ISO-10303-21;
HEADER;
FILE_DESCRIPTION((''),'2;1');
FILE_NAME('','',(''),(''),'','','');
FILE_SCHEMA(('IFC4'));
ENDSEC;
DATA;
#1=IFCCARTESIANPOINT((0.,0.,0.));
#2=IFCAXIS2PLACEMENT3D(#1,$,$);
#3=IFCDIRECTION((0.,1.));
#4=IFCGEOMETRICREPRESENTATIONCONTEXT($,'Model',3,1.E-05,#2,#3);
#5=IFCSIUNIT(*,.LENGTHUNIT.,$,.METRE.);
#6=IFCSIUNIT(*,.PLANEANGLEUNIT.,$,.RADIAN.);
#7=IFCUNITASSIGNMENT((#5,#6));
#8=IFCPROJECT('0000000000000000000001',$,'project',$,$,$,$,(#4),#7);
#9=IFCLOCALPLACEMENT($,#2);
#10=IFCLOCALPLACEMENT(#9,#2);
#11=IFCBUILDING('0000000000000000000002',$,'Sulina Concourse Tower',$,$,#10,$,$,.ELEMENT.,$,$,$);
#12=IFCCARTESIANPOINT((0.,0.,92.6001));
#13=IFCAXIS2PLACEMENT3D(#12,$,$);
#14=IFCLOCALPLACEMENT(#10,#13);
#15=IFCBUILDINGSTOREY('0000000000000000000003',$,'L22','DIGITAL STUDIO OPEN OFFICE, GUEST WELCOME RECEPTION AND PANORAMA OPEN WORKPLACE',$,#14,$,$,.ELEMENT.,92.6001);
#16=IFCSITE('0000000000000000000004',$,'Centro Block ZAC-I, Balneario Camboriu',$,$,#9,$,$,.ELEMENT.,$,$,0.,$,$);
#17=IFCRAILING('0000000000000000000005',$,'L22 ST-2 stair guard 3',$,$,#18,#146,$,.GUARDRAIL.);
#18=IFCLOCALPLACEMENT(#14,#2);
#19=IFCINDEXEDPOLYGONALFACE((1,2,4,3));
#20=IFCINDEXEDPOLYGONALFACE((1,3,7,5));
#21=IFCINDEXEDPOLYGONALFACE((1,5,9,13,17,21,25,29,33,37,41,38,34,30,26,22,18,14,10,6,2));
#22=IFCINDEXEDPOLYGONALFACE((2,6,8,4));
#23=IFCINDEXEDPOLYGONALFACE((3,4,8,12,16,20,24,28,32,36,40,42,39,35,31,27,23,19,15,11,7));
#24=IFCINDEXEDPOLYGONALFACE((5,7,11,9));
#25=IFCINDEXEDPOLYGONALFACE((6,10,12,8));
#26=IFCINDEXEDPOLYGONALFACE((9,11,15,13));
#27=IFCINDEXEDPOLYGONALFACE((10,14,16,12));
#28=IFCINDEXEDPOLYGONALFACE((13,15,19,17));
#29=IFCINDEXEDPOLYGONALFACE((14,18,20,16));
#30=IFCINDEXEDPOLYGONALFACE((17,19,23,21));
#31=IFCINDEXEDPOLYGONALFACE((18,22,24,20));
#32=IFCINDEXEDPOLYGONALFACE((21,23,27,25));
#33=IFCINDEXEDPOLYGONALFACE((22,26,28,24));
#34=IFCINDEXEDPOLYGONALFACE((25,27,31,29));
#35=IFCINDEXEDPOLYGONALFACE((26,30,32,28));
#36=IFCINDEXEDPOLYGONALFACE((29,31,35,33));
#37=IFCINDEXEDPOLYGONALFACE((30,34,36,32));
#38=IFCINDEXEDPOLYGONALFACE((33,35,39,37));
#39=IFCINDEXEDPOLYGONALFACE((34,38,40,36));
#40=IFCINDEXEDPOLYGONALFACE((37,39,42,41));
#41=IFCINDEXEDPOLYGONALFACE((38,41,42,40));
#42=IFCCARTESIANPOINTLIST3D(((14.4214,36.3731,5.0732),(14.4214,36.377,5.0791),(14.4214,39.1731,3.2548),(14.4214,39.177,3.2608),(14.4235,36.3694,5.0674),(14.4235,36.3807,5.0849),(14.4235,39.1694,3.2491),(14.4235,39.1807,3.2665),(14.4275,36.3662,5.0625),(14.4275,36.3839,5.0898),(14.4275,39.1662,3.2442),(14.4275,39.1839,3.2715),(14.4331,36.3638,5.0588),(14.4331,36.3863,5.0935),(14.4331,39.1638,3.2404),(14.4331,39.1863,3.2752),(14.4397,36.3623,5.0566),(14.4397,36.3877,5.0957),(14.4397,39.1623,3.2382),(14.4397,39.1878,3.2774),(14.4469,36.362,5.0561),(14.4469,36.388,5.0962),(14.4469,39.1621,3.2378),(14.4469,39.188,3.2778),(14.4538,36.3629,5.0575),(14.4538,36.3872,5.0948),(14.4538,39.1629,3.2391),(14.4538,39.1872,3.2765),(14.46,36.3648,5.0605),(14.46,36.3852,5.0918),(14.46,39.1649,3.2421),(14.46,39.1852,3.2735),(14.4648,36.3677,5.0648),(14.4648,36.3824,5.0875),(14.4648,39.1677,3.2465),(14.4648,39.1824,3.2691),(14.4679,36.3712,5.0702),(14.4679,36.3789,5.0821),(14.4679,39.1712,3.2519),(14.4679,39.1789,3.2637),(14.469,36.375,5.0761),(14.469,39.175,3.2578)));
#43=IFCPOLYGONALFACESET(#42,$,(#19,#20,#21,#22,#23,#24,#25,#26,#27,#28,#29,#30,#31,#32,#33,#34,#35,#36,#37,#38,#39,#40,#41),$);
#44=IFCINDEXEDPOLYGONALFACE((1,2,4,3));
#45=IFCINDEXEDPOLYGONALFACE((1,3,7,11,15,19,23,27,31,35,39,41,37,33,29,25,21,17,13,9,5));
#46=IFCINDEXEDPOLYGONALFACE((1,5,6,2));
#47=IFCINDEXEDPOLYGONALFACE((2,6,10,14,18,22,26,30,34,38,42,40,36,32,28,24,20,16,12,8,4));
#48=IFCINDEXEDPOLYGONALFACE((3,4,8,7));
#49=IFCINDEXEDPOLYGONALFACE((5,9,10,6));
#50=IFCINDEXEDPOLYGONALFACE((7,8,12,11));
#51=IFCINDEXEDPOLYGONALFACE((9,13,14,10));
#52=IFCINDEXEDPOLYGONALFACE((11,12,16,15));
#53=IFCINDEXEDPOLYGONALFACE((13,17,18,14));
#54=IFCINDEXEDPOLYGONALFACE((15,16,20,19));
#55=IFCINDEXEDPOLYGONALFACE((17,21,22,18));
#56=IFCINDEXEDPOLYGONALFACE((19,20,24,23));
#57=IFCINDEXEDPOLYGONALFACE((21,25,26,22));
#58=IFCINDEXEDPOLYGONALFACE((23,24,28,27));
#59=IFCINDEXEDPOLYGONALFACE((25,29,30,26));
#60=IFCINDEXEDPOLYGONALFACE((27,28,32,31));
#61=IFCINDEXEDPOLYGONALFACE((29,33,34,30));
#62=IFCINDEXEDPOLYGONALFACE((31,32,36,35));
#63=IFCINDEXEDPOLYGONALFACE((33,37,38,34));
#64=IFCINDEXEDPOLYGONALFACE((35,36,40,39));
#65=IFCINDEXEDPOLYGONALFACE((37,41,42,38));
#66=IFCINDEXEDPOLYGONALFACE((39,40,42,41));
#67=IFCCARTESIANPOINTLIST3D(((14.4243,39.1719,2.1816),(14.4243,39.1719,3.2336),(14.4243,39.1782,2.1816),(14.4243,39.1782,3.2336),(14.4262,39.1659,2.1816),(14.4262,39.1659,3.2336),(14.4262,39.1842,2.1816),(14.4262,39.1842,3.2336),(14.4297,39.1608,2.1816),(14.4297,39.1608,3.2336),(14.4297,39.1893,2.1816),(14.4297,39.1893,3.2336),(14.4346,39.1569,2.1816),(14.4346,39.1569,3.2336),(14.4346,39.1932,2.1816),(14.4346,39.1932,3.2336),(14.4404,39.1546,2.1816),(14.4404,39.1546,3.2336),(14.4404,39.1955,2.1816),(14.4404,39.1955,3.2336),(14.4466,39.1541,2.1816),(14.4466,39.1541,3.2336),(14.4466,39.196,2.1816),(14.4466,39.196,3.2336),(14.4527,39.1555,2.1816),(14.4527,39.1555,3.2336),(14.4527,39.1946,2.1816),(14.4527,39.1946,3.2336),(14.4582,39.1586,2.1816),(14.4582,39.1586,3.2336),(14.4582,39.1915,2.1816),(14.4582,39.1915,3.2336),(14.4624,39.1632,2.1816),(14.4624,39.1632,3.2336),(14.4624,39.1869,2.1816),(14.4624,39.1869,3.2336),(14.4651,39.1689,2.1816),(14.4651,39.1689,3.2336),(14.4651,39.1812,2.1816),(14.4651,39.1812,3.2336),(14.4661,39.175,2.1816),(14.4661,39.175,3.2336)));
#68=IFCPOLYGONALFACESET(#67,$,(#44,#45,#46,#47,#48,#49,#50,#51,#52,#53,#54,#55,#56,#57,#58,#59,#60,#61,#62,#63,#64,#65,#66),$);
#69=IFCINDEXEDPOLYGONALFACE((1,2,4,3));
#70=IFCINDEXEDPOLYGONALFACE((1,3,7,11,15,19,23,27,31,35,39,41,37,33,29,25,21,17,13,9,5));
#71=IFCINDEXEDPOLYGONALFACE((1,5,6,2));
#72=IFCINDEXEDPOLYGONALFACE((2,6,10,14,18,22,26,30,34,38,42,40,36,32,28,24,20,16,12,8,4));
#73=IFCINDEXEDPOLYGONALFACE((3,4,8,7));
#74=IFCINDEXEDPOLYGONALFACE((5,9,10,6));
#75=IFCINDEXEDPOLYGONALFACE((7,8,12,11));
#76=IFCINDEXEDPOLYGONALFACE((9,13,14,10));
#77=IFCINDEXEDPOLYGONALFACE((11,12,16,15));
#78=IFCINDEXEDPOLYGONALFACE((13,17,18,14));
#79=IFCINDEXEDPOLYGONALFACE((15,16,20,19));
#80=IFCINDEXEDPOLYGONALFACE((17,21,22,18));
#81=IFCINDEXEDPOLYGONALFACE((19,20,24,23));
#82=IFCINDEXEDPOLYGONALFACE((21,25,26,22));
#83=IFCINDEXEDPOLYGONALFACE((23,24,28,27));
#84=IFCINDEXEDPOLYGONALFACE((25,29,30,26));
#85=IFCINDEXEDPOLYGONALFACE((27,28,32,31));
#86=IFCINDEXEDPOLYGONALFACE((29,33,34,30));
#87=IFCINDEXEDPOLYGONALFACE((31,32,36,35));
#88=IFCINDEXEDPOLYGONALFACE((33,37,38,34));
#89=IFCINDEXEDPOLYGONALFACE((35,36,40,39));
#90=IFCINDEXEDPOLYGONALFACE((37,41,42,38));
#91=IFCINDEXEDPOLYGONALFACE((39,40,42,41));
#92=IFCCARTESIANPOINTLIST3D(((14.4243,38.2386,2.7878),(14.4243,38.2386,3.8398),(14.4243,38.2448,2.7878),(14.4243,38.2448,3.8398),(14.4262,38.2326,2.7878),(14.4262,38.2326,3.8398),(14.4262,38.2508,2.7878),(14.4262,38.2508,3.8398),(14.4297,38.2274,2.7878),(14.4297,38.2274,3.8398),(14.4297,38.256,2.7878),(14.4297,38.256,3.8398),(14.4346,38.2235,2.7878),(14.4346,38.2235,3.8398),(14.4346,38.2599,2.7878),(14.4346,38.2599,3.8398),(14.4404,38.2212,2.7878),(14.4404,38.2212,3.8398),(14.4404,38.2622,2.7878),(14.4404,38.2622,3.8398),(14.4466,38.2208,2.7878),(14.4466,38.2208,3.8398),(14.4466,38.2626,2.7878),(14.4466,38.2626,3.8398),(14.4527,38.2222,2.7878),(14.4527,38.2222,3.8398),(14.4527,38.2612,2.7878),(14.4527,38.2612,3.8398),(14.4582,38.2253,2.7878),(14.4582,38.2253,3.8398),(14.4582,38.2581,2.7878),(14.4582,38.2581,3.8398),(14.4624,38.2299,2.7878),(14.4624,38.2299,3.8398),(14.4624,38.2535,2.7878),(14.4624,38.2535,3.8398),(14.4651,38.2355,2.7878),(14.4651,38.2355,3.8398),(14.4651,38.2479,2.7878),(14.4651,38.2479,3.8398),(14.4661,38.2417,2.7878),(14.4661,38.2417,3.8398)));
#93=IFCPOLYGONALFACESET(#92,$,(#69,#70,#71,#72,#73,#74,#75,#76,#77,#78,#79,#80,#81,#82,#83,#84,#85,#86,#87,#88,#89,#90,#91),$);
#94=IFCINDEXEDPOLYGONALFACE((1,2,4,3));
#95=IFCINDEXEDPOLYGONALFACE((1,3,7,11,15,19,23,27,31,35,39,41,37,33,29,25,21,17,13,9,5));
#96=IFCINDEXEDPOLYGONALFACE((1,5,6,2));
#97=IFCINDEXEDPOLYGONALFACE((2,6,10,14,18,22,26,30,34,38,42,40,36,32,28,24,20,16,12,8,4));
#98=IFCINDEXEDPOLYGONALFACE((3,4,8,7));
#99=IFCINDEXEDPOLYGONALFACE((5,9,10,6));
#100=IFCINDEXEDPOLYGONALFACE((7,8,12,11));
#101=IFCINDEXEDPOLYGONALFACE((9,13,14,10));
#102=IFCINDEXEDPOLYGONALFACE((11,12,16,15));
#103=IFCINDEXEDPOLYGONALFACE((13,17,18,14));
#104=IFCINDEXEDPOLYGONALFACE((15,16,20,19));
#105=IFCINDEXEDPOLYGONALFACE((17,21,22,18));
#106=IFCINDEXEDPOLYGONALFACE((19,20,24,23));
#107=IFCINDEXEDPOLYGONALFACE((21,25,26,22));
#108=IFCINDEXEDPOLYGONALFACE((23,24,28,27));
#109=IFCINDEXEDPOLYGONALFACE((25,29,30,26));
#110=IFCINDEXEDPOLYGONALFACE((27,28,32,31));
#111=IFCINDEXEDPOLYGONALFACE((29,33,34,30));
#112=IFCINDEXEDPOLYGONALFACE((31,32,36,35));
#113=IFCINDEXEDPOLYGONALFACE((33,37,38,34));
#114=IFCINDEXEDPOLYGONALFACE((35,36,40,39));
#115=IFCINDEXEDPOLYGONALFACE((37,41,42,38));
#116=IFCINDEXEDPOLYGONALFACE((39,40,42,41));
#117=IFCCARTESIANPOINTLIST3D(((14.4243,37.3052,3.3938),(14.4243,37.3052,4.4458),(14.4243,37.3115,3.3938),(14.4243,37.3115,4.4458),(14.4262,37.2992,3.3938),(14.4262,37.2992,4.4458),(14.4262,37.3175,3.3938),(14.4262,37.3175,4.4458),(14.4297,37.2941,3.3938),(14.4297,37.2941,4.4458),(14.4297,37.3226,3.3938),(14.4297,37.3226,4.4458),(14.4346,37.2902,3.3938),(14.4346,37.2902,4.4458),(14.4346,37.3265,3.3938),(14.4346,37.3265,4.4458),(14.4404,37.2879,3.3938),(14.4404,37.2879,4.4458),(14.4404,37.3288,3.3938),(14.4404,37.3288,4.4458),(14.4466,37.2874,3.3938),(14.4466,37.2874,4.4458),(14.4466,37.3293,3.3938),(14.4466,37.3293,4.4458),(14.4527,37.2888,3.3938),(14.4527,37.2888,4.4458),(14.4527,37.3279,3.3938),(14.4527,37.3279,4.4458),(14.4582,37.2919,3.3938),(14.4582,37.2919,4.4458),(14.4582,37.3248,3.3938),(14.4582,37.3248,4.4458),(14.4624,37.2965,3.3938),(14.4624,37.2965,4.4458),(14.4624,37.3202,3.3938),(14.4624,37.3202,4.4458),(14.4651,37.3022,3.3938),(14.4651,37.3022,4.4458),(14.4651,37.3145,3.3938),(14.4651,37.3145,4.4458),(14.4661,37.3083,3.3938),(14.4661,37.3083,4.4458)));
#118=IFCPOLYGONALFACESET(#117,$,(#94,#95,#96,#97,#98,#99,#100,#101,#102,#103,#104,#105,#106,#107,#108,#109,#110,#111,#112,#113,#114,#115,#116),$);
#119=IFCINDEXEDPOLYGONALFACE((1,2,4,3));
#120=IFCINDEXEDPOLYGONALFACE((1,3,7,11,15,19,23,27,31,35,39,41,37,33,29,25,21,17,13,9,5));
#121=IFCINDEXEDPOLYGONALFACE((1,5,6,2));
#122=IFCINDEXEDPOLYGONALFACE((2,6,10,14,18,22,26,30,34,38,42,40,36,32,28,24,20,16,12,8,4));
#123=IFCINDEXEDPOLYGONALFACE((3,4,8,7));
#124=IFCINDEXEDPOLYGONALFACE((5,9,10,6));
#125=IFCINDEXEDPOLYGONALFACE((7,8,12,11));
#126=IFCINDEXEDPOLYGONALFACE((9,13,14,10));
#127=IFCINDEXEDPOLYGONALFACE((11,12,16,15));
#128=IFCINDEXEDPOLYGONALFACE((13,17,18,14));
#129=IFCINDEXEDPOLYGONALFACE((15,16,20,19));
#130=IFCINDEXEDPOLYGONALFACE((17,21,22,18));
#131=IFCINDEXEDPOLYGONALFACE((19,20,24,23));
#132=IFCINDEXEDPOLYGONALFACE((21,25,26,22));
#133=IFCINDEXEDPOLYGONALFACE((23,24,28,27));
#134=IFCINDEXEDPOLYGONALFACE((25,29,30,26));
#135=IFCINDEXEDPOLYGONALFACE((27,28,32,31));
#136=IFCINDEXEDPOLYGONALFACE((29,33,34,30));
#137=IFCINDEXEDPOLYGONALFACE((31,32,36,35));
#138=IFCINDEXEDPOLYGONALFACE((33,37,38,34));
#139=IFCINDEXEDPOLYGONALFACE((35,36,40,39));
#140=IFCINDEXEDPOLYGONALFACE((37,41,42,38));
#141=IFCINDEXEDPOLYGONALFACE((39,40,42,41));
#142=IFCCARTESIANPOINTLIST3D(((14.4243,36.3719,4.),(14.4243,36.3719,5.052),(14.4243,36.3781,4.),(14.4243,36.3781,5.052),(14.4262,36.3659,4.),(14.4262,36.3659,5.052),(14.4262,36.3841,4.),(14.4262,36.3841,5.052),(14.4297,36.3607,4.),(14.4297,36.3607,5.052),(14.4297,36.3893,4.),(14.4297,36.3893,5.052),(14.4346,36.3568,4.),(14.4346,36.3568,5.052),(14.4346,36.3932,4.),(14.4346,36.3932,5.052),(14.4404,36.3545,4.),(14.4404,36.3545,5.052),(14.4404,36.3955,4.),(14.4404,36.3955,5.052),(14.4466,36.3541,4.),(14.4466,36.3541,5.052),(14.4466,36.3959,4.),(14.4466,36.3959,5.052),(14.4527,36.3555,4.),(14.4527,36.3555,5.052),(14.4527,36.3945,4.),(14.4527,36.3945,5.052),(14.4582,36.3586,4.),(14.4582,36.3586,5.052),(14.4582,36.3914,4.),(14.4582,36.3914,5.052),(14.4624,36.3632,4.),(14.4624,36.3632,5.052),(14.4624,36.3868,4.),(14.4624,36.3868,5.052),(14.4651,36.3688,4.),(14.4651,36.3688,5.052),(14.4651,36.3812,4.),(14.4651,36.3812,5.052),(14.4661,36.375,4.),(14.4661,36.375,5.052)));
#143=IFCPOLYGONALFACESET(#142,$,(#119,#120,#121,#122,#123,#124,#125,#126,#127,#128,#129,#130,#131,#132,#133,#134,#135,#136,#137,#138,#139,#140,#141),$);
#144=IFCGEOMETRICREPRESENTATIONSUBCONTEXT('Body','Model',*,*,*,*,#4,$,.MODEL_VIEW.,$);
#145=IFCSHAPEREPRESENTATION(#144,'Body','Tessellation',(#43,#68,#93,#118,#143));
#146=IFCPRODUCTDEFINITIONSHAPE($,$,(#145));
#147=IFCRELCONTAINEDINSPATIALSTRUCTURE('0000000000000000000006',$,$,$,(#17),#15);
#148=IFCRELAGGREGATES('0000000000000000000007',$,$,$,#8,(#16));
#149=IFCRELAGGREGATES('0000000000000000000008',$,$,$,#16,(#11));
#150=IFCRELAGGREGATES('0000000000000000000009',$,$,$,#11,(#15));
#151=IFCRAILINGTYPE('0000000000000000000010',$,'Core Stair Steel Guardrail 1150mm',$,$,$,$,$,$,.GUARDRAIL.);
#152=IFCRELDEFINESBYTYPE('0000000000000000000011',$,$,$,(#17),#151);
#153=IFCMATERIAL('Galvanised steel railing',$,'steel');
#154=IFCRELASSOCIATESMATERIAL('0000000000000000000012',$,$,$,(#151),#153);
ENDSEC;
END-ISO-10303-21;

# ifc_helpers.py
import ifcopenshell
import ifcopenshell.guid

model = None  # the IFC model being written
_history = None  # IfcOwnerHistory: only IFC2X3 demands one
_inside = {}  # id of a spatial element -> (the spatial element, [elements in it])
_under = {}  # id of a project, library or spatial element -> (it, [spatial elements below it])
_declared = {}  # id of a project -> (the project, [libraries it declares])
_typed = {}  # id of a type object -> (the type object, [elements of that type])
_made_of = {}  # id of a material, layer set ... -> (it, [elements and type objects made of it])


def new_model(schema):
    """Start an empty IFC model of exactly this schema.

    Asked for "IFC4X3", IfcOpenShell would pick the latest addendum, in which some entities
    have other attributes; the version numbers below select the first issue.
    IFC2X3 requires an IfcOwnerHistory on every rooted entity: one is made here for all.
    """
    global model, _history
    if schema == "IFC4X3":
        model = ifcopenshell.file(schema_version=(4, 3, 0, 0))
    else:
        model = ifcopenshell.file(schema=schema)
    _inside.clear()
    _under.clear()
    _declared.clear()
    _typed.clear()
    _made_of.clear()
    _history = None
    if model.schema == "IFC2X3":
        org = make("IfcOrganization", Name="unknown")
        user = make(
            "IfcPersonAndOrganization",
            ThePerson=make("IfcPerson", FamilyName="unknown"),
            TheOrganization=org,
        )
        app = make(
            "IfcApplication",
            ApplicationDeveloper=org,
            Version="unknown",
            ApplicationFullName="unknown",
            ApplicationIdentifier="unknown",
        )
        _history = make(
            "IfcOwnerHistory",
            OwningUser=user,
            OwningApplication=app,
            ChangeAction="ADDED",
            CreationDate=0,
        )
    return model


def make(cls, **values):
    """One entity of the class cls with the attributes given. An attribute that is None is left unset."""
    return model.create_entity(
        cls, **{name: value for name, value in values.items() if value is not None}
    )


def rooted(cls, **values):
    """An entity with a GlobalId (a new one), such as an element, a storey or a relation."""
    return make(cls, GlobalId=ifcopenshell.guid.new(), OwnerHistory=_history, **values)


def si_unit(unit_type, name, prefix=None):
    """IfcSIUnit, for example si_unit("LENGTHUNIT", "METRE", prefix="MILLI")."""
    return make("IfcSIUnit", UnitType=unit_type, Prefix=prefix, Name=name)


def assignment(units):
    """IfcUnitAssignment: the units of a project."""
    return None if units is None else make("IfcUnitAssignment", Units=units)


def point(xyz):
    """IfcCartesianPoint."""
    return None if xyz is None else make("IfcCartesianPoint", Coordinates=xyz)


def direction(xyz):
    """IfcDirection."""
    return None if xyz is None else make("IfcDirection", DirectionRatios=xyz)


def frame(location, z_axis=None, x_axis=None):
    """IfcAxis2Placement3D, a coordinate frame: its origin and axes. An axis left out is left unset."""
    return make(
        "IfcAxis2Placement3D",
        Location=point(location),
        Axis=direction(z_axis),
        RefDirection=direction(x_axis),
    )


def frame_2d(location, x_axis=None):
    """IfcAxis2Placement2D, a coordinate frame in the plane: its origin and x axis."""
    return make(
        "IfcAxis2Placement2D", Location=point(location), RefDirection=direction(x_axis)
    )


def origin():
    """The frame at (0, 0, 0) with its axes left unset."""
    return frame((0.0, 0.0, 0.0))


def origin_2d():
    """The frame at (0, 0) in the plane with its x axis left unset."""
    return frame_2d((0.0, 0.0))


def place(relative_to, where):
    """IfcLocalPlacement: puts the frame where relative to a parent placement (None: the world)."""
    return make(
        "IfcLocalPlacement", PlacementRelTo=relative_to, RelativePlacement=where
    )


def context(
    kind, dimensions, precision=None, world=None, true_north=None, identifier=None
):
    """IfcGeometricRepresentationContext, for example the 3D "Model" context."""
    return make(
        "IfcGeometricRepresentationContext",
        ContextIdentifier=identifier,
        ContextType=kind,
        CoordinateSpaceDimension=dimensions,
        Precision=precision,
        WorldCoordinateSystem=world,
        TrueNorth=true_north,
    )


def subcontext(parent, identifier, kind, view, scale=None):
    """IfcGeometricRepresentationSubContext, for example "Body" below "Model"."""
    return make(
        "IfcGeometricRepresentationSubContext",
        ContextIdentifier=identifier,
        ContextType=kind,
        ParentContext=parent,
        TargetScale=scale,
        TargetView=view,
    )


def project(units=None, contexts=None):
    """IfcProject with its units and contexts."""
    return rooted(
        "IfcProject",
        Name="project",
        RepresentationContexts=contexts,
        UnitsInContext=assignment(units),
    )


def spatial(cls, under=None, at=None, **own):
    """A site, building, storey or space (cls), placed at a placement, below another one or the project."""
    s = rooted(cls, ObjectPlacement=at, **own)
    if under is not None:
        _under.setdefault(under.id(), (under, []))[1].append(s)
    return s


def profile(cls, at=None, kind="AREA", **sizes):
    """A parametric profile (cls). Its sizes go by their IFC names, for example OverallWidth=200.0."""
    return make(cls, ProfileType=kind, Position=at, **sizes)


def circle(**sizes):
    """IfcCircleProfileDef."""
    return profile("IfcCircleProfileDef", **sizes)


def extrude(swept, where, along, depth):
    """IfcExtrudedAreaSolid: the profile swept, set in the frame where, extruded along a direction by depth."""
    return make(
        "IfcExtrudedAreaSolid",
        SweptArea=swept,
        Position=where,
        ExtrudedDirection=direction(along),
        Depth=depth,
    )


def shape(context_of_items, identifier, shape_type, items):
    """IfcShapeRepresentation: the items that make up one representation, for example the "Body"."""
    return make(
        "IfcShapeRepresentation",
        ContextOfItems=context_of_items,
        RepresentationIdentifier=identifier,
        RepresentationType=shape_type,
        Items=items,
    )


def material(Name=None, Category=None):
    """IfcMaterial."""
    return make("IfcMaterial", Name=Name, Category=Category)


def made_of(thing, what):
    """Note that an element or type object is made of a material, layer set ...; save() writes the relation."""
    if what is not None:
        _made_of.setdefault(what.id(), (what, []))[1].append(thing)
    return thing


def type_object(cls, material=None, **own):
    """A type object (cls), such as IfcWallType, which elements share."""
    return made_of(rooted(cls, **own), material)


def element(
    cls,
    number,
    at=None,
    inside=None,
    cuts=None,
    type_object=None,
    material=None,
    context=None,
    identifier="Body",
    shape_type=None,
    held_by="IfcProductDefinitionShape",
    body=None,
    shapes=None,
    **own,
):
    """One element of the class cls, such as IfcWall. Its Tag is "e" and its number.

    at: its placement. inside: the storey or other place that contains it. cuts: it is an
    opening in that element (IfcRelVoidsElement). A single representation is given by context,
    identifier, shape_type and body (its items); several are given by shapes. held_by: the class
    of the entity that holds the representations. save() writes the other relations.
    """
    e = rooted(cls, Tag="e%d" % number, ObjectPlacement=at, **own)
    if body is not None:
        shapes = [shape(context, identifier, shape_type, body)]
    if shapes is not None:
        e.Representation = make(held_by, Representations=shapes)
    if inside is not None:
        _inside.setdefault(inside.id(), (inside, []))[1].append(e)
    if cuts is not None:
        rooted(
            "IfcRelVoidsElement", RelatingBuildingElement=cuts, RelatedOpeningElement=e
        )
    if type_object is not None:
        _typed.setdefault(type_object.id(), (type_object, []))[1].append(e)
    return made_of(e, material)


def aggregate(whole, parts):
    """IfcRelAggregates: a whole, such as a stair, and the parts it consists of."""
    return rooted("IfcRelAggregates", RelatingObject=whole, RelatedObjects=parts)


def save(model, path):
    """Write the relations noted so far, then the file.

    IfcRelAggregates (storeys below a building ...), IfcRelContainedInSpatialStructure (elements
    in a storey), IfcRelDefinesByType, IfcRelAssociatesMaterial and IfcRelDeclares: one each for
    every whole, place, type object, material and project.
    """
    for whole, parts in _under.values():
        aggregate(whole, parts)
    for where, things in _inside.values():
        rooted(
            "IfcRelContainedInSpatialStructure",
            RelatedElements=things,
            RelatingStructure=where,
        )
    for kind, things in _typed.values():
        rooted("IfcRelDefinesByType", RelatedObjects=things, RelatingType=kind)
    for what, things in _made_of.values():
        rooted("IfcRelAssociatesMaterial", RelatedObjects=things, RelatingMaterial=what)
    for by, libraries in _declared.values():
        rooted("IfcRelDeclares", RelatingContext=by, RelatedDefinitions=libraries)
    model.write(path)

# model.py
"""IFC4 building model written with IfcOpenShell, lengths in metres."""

from ifc_helpers import new_model, si_unit, direction, frame, origin, origin_2d, place, context, subcontext, project, spatial, circle, extrude, material, type_object, element, save


model = new_model("IFC4")

# Units and contexts
model_context = context("Model", 3, precision=1e-05, world=origin(), true_north=direction((0.0, 1.0)))
body_context = subcontext(model_context, "Body", "Model", "MODEL_VIEW")
ifc_project = project(units=[si_unit("LENGTHUNIT", "METRE"), si_unit("PLANEANGLEUNIT", "RADIAN")], contexts=[model_context])

# Site, building, storey
site_placement = place(None, origin())
site = spatial("IfcSite", under=ifc_project, at=site_placement, Name="Centro Block ZAC-I, Balneario Camboriu", CompositionType="ELEMENT", RefElevation=0.0)
building_placement = place(site_placement, origin())
building = spatial("IfcBuilding", under=site, at=building_placement, Name="Sulina Concourse Tower", CompositionType="ELEMENT")
storey_placement = place(building_placement, frame((0.0, 0.0, 92.6001)))
storey = spatial("IfcBuildingStorey", under=building, at=storey_placement, Name="L22", Description="DIGITAL STUDIO OPEN OFFICE, GUEST WELCOME RECEPTION AND PANORAMA OPEN WORKPLACE", CompositionType="ELEMENT", Elevation=92.6001)

# Railing
ifc_material_1 = material(Name="Galvanised steel railing", Category="steel")
railing_type_1 = type_object("IfcRailingType", Name="Core Stair Steel Guardrail 1150mm", PredefinedType="GUARDRAIL", material=ifc_material_1)
railing_1_placement = place(storey_placement, frame((14.4451, 39.175, 2.1816)))
element("IfcRailing", 1, at=railing_1_placement, inside=storey, type_object=railing_type_1, Name="L22 ST-2 stair guard 3", PredefinedType="GUARDRAIL", context=body_context, shape_type="SweptSolid", body=[
    extrude(circle(Radius=0.0239, at=origin_2d()), frame((0.0, 0.0, 1.0762), z_axis=(0.0, -0.838672, 0.544636), x_axis=(1.0, 0.0, 0.0)), (0.0, 0.0, 1.0), 3.3386),
    extrude(circle(Radius=0.021, at=origin_2d()), origin(), (0.0, 0.0, 1.0), 1.052),
    extrude(circle(Radius=0.021, at=origin_2d()), frame((0.0, -0.9333, 0.6062)), (0.0, 0.0, 1.0), 1.052),
    extrude(circle(Radius=0.021, at=origin_2d()), frame((0.0, -1.8667, 1.2122)), (0.0, 0.0, 1.0), 1.052),
    extrude(circle(Radius=0.021, at=origin_2d()), frame((0.0, -2.8, 1.8184)), (0.0, 0.0, 1.0), 1.052),
])

save(model, "model.ifc")
